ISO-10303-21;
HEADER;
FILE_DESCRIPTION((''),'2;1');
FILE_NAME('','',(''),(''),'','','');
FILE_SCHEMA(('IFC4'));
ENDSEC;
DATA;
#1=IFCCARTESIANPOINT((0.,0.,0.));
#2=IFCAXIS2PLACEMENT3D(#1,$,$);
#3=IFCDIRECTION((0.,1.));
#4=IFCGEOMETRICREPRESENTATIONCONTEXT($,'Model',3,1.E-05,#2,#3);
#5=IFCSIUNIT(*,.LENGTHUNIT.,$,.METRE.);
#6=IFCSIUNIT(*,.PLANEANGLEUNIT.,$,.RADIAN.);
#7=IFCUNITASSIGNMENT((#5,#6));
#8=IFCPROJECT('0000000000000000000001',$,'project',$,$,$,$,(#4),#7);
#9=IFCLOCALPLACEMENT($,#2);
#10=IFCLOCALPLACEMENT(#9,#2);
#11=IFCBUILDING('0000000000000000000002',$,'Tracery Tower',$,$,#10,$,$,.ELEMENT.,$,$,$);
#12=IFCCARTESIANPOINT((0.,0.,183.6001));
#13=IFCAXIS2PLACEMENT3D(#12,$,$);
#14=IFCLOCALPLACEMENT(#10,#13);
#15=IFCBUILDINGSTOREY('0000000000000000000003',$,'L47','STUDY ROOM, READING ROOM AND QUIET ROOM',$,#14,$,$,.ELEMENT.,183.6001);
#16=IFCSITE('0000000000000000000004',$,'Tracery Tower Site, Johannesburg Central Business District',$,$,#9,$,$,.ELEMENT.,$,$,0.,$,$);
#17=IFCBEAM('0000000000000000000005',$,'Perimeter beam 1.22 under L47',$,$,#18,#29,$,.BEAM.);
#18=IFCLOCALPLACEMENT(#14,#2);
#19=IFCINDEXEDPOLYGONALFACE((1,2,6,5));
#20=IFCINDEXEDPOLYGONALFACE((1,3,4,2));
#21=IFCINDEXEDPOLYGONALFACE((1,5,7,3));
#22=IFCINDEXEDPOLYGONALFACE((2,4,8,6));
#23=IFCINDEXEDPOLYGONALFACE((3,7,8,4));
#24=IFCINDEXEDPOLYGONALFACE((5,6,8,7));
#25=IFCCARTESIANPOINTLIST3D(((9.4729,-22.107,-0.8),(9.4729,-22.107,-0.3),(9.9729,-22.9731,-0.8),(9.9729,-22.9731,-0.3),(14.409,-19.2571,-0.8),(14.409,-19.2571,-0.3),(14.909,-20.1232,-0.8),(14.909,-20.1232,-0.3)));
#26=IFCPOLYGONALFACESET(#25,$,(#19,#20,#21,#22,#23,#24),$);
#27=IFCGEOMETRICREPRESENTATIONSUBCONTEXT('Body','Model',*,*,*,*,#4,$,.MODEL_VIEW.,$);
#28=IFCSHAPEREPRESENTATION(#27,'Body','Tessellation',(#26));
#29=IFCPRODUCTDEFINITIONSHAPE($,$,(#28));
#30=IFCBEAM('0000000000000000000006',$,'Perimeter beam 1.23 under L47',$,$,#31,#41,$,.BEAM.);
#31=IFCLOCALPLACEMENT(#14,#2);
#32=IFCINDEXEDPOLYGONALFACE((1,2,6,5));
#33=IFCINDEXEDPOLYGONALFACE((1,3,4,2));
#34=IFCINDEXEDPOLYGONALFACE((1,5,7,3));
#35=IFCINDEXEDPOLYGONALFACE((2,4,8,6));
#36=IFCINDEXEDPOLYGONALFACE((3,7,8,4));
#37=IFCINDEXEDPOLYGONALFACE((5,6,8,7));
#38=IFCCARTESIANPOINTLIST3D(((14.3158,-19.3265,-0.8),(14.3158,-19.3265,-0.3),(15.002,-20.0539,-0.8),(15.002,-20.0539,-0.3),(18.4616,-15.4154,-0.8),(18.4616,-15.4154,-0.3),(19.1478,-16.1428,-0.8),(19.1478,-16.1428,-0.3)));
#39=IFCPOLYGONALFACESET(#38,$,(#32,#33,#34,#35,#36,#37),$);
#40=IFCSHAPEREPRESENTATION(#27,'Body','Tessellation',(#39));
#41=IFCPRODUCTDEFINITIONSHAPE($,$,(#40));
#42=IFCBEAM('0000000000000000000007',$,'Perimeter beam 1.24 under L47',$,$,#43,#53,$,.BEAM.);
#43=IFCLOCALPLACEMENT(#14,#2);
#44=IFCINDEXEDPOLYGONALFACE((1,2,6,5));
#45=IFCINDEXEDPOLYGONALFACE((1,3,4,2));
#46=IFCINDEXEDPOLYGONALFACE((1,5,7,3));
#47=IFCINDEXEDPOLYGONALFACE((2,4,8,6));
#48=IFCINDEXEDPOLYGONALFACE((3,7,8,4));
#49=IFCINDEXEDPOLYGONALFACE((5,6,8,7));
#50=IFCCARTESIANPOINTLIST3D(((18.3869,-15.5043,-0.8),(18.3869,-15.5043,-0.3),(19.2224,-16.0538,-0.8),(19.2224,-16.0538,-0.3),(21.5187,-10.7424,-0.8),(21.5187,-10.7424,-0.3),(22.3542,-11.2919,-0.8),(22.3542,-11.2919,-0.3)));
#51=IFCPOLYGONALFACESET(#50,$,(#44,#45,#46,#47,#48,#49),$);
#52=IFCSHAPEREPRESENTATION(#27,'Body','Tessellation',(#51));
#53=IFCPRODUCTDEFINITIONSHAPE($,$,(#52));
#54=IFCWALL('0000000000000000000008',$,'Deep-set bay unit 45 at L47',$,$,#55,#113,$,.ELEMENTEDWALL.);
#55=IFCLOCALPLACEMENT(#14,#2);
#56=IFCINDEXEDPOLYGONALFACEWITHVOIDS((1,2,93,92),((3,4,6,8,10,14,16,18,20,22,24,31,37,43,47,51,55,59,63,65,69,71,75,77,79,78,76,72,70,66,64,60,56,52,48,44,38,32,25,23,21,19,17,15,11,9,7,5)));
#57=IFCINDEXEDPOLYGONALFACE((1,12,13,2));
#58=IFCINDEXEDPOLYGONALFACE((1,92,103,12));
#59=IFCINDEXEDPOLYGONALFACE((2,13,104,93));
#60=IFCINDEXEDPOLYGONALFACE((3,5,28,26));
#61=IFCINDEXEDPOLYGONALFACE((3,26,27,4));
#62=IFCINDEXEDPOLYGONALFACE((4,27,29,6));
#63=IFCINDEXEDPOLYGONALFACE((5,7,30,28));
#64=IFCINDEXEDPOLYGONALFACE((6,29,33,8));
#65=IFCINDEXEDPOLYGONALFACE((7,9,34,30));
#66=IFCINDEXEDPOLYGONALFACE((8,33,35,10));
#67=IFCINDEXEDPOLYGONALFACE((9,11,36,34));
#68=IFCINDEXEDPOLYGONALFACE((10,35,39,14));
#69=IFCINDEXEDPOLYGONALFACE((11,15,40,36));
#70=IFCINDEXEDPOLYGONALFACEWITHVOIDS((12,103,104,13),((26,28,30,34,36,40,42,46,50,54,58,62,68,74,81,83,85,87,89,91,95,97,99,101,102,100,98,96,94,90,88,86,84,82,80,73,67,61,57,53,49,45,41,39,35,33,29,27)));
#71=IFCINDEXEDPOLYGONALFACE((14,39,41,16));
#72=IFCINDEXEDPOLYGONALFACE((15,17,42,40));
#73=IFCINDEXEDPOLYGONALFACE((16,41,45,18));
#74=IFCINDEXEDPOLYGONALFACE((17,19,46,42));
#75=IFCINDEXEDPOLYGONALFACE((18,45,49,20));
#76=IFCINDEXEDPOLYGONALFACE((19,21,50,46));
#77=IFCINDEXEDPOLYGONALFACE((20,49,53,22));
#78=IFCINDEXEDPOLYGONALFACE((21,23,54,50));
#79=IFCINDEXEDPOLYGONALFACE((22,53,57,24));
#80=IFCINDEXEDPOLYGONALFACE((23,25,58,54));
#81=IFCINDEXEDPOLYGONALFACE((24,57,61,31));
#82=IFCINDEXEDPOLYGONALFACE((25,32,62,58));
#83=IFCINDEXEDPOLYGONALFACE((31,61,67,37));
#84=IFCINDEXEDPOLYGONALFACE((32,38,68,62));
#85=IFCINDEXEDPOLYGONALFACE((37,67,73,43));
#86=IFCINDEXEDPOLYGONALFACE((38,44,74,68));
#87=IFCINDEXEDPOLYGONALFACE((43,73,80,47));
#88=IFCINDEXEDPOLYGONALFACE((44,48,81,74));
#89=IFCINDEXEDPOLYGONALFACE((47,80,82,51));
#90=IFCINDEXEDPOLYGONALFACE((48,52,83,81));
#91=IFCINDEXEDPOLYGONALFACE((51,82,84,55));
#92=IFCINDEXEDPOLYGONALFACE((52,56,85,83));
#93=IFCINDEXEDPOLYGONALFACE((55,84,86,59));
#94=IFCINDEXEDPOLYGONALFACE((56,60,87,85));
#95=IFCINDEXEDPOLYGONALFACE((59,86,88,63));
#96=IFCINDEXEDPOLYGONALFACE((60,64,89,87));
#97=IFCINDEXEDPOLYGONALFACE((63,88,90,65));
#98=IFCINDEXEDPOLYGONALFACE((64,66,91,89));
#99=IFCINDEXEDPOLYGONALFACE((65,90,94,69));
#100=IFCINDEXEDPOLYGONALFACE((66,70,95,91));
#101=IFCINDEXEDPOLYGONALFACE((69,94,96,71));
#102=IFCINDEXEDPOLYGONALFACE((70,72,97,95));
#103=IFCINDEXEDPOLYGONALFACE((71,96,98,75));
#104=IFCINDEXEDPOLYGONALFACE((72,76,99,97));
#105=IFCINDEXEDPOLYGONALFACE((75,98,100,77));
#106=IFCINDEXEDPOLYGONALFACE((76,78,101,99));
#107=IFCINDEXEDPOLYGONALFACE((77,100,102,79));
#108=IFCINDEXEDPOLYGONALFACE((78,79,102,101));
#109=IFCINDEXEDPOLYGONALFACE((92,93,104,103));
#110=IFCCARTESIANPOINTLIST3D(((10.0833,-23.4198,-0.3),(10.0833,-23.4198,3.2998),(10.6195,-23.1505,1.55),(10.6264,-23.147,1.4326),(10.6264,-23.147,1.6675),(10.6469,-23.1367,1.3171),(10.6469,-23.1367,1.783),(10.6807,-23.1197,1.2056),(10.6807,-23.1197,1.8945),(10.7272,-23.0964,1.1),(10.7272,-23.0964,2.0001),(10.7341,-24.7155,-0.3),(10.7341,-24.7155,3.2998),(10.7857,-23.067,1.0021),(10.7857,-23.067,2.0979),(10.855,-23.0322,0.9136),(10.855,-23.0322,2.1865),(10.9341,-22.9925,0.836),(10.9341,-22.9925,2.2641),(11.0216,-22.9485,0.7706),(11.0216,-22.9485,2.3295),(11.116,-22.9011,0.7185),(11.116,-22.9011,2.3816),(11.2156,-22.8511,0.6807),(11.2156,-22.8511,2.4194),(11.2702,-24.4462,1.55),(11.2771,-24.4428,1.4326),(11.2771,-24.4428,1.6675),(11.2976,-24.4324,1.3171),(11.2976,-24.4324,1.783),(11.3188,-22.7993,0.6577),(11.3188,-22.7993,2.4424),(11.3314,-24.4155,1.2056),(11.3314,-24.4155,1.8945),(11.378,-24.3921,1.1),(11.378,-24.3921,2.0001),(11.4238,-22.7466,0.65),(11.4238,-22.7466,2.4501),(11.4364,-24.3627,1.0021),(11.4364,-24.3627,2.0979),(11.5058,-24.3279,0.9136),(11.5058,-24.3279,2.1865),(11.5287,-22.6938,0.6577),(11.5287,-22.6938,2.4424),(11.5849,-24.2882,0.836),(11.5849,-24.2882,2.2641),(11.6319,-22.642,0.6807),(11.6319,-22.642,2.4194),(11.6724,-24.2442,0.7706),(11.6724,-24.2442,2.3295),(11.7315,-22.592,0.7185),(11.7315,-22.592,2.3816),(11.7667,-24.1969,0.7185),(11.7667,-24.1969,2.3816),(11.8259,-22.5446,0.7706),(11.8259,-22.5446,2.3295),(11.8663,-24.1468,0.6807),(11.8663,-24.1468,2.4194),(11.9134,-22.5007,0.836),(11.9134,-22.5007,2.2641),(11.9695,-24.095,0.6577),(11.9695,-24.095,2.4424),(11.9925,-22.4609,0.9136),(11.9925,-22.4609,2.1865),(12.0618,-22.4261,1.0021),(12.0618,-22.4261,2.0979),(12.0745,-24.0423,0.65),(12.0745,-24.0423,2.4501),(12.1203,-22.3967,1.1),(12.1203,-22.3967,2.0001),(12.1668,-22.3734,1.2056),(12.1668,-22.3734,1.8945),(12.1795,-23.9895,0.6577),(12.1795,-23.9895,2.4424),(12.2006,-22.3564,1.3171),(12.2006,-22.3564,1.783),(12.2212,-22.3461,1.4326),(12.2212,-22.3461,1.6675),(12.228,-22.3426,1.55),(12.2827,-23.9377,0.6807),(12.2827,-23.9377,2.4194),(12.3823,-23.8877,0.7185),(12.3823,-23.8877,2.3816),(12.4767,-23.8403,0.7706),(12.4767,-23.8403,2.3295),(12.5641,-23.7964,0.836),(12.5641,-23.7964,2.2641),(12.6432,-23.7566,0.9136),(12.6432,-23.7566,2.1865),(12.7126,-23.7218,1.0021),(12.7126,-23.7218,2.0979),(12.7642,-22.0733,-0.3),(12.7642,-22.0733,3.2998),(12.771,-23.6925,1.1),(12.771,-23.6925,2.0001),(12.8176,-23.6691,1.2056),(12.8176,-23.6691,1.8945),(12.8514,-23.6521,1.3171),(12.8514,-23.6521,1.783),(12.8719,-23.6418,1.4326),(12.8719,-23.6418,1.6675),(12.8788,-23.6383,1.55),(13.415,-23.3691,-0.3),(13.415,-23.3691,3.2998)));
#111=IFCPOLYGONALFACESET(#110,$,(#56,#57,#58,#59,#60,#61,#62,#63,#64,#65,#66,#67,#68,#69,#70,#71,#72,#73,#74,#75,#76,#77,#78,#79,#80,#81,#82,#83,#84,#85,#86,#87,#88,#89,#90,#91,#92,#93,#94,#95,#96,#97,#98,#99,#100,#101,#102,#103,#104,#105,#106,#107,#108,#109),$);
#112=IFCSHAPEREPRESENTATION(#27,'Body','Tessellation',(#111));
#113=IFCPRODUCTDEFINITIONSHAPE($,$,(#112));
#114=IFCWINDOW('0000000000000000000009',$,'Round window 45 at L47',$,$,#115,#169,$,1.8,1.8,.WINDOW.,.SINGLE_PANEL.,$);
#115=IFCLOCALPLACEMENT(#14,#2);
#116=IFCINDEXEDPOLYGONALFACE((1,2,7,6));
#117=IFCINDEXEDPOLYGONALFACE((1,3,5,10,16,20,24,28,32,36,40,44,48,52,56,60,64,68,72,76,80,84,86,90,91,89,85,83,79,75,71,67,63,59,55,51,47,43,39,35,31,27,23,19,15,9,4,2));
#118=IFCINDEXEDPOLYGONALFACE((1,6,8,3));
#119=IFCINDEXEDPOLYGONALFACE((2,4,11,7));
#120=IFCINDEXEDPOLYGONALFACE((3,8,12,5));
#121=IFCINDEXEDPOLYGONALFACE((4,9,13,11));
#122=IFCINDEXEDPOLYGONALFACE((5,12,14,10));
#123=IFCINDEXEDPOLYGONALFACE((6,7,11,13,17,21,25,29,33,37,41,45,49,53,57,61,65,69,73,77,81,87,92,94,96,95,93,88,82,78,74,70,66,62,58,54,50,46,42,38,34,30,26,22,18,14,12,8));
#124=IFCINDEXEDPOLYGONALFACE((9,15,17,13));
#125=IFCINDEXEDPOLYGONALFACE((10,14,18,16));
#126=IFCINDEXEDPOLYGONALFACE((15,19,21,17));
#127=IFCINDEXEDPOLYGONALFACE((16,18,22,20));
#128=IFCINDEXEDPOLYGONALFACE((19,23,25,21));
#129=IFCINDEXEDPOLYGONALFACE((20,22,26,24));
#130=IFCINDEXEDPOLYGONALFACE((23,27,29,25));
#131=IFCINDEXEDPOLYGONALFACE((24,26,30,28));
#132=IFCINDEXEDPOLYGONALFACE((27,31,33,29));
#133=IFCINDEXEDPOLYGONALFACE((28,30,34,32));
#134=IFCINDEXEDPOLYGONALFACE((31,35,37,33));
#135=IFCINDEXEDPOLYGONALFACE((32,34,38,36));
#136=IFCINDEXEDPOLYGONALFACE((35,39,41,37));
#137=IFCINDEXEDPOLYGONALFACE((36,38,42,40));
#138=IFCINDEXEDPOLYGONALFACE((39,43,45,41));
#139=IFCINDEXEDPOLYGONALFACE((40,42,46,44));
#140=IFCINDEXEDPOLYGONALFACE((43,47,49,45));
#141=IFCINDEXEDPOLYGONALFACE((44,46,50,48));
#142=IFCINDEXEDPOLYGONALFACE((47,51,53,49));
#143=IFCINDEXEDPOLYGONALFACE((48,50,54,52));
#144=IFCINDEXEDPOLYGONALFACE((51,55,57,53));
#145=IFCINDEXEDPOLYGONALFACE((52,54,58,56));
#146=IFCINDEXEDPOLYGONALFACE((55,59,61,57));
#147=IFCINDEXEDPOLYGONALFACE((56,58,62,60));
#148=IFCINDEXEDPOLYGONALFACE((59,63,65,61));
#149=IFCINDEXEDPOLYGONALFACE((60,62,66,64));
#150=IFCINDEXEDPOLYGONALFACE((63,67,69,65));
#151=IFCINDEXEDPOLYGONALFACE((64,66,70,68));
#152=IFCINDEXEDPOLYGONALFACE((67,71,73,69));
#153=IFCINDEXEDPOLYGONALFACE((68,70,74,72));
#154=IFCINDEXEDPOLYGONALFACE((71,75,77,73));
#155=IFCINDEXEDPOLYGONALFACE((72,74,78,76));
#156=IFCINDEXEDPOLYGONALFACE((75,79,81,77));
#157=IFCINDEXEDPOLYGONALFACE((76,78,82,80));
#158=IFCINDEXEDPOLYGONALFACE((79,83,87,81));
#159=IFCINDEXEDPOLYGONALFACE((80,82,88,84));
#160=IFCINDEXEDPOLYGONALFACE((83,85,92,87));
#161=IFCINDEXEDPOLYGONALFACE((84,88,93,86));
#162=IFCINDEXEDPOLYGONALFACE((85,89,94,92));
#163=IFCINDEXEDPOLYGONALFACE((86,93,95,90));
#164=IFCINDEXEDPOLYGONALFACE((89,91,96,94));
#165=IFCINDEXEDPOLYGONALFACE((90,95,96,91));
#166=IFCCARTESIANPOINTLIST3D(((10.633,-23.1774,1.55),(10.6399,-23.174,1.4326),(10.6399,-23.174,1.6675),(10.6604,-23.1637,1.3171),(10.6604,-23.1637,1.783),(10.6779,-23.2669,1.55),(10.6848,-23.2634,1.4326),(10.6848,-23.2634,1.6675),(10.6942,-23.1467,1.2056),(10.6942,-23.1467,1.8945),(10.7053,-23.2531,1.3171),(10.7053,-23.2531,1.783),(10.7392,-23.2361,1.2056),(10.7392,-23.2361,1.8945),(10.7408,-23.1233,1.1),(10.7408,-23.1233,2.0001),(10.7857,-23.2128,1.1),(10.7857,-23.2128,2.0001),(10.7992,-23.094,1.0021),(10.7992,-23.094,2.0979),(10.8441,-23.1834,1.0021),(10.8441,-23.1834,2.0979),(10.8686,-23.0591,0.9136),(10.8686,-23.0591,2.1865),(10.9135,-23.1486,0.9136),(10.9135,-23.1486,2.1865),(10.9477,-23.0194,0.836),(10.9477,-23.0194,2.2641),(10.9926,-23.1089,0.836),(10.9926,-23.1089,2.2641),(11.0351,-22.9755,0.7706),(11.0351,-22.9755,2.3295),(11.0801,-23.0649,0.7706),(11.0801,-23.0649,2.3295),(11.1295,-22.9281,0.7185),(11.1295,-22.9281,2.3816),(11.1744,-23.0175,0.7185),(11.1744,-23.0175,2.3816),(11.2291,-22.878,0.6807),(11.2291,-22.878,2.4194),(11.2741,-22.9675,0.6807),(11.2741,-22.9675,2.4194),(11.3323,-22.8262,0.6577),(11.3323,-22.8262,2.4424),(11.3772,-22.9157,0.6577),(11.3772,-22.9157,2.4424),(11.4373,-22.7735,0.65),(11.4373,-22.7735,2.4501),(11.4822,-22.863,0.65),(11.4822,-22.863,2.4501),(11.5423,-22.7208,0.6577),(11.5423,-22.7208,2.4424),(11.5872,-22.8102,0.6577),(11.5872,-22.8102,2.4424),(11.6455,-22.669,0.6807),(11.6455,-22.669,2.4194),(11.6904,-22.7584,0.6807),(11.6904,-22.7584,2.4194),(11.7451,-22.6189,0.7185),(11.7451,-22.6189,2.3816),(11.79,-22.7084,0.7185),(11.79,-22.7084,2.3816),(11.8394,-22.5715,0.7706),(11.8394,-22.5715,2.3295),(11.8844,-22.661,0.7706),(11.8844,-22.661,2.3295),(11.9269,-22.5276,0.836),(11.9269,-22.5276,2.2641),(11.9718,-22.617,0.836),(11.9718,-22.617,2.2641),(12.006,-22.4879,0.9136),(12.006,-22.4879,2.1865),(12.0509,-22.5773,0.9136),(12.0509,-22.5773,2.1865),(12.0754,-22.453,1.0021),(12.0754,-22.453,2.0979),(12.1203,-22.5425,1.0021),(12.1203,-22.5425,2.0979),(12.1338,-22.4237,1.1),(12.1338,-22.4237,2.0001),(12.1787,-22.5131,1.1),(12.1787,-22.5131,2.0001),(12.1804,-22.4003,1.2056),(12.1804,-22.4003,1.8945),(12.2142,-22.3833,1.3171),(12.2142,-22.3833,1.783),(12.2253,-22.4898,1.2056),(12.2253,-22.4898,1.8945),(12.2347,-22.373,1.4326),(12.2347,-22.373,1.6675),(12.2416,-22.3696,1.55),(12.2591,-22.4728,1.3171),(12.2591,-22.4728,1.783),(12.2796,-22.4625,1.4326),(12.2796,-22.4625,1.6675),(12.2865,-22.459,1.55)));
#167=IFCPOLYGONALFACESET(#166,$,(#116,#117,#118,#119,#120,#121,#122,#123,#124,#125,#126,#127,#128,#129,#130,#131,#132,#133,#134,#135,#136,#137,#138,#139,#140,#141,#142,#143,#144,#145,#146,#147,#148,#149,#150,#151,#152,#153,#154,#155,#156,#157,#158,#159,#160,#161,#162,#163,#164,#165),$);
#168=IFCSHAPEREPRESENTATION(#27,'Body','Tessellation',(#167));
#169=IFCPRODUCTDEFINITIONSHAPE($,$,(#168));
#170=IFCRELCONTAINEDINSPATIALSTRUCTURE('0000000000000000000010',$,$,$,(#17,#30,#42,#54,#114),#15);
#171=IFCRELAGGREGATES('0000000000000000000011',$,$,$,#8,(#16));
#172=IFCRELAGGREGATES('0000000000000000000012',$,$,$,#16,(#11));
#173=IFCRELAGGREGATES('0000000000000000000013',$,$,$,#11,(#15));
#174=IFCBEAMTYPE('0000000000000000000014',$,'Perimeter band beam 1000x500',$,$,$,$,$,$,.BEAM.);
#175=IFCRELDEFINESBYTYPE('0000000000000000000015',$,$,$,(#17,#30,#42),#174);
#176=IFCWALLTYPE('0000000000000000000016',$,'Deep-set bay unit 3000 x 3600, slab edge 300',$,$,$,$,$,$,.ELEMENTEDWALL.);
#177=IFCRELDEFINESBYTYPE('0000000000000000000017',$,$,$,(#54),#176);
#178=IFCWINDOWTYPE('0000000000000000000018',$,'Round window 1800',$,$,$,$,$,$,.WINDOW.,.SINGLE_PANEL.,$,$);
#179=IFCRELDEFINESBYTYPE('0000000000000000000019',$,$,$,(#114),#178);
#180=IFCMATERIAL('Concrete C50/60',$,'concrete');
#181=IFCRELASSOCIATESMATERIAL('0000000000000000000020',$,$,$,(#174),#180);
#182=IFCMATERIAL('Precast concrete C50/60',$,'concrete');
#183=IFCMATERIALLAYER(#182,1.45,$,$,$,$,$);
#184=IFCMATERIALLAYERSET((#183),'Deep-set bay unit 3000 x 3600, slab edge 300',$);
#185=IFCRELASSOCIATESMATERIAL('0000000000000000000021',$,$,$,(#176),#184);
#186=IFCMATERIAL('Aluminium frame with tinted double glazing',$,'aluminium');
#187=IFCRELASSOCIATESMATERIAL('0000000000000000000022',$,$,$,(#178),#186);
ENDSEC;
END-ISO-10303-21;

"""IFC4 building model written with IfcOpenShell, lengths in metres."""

from ifc_helpers import new_model, si_unit, direction, frame, frame_2d, origin, origin_2d, place, context, subcontext, project, spatial, rectangle, circle, extrude, material, layer, layer_set, material_profile, profile_set, type_object, element, fill, save


model = new_model("IFC4")

# Units and contexts
model_context = context("Model", 3, precision=1e-05, world=origin(), true_north=direction((0.0, 1.0)))
body_context = subcontext(model_context, "Body", "Model", "MODEL_VIEW")
ifc_project = project(units=[si_unit("LENGTHUNIT", "METRE"), si_unit("PLANEANGLEUNIT", "RADIAN")], contexts=[model_context])

# Site, building, storey
site_placement = place(None, origin())
site = spatial("IfcSite", under=ifc_project, at=site_placement, Name="Tracery Tower Site, Johannesburg Central Business District", CompositionType="ELEMENT", RefElevation=0.0)
building_placement = place(site_placement, origin())
building = spatial("IfcBuilding", under=site, at=building_placement, Name="Tracery Tower", CompositionType="ELEMENT")
storey_placement = place(building_placement, frame((0.0, 0.0, 183.6001)))
storey = spatial("IfcBuildingStorey", under=building, at=storey_placement, Name="L47", Description="STUDY ROOM, READING ROOM AND QUIET ROOM", CompositionType="ELEMENT", Elevation=183.6001)

# Beams
ifc_material_1 = material(Name="Concrete C50/60", Category="concrete")
ifc_material_profile_1 = material_profile(ifc_material_1, rectangle(XDim=1.0, YDim=0.5, at=origin_2d()), Name="RC 1000x500")
ifc_profile_set_1 = profile_set([ifc_material_profile_1], Name="Concrete C50/60")
beam_type = type_object("IfcBeamType", Name="Perimeter band beam 1000x500", PredefinedType="BEAM", material=ifc_profile_set_1)
beam_placement = place(storey_placement, frame((9.7229, -22.54, -0.55), z_axis=(0.866023, 0.500004, 0.0), x_axis=(-0.500004, 0.866023, 0.0)))
element("IfcBeam", 1, at=beam_placement, inside=storey, type_object=beam_type, Name="Perimeter beam 1.22 under L47", PredefinedType="BEAM", context=body_context, shape_type="SweptSolid", body=[
    extrude(rectangle(XDim=1.0, YDim=0.5, at=origin_2d()), origin(), (0.0, 0.0, 1.0), 5.6997),
])
for number, where, z_axis, x_axis, name in (
    (2, (14.6589, -19.6902, -0.55), (0.72739, 0.686225, 0.0), (-0.686225, 0.72739, 0.0), "Perimeter beam 1.23 under L47"),
    (3, (18.8047, -15.7791, -0.55), (0.54949, 0.8355, 0.0), (-0.8355, 0.54949, 0.0), "Perimeter beam 1.24 under L47"),
):
    element("IfcBeam", number, at=place(storey_placement, frame(where, z_axis=z_axis, x_axis=x_axis)), inside=storey, type_object=beam_type, Name=name, PredefinedType="BEAM", context=body_context, shape_type="SweptSolid", body=[
        extrude(rectangle(XDim=1.0, YDim=0.5, at=origin_2d()), origin(), (0.0, 0.0, 1.0), 5.6995),
    ])

# Wall, opening, window
ifc_material_2 = material(Name="Precast concrete C50/60", Category="concrete")
ifc_layer_1 = layer(ifc_material_2, 1.45)
ifc_layer_set_1 = layer_set([ifc_layer_1], Name="Deep-set bay unit 3000 x 3600, slab edge 300")
wall_type_1 = type_object("IfcWallType", Name="Deep-set bay unit 3000 x 3600, slab edge 300", PredefinedType="ELEMENTEDWALL", material=ifc_layer_set_1)
wall_1_placement = place(storey_placement, frame((10.4087, -24.0676, -0.3), z_axis=(0.0, 0.0, 1.0), x_axis=(0.893628, 0.448808, 0.0)))
wall_1 = element("IfcWall", 4, at=wall_1_placement, inside=storey, type_object=wall_type_1, Name="Deep-set bay unit 45 at L47", PredefinedType="ELEMENTEDWALL", context=body_context, shape_type="SweptSolid", body=[
    extrude(rectangle(XDim=3.0, YDim=1.45, at=frame_2d((1.5, 0.0))), origin(), (0.0, 0.0, 1.0), 3.5999),
])
opening_1_placement = place(wall_1_placement, frame((1.5, 0.0, 1.8501)))
opening_1 = element("IfcOpeningElement", 5, at=opening_1_placement, cuts=wall_1, PredefinedType="OPENING", context=body_context, shape_type="SweptSolid", body=[
    extrude(circle(Radius=0.9, at=origin_2d()), frame((0.0, 0.7349, 0.0), z_axis=(0.0, -1.0, 0.0), x_axis=(1.0, 0.0, 0.0)), (0.0, 0.0, 1.0), 1.47),
])
ifc_material_3 = material(Name="Aluminium frame with tinted double glazing", Category="aluminium")
window_type = type_object("IfcWindowType", Name="Round window 1800", PartitioningType="SINGLE_PANEL", PredefinedType="WINDOW", material=ifc_material_3)
window_1_placement = place(opening_1_placement, origin())
window_1 = element("IfcWindow", 6, at=window_1_placement, inside=storey, type_object=window_type, Name="Round window 45 at L47", OverallHeight=1.8, OverallWidth=1.8, PartitioningType="SINGLE_PANEL", PredefinedType="WINDOW", context=body_context, shape_type="SweptSolid", body=[
    extrude(circle(Radius=0.9, at=origin_2d()), frame((0.0, 0.6948, 0.0), z_axis=(0.0, -1.0, 0.0), x_axis=(1.0, 0.0, 0.0)), (0.0, 0.0, 1.0), 0.1001),
])
fill(opening_1, window_1)

save(model, "model.ifc")
